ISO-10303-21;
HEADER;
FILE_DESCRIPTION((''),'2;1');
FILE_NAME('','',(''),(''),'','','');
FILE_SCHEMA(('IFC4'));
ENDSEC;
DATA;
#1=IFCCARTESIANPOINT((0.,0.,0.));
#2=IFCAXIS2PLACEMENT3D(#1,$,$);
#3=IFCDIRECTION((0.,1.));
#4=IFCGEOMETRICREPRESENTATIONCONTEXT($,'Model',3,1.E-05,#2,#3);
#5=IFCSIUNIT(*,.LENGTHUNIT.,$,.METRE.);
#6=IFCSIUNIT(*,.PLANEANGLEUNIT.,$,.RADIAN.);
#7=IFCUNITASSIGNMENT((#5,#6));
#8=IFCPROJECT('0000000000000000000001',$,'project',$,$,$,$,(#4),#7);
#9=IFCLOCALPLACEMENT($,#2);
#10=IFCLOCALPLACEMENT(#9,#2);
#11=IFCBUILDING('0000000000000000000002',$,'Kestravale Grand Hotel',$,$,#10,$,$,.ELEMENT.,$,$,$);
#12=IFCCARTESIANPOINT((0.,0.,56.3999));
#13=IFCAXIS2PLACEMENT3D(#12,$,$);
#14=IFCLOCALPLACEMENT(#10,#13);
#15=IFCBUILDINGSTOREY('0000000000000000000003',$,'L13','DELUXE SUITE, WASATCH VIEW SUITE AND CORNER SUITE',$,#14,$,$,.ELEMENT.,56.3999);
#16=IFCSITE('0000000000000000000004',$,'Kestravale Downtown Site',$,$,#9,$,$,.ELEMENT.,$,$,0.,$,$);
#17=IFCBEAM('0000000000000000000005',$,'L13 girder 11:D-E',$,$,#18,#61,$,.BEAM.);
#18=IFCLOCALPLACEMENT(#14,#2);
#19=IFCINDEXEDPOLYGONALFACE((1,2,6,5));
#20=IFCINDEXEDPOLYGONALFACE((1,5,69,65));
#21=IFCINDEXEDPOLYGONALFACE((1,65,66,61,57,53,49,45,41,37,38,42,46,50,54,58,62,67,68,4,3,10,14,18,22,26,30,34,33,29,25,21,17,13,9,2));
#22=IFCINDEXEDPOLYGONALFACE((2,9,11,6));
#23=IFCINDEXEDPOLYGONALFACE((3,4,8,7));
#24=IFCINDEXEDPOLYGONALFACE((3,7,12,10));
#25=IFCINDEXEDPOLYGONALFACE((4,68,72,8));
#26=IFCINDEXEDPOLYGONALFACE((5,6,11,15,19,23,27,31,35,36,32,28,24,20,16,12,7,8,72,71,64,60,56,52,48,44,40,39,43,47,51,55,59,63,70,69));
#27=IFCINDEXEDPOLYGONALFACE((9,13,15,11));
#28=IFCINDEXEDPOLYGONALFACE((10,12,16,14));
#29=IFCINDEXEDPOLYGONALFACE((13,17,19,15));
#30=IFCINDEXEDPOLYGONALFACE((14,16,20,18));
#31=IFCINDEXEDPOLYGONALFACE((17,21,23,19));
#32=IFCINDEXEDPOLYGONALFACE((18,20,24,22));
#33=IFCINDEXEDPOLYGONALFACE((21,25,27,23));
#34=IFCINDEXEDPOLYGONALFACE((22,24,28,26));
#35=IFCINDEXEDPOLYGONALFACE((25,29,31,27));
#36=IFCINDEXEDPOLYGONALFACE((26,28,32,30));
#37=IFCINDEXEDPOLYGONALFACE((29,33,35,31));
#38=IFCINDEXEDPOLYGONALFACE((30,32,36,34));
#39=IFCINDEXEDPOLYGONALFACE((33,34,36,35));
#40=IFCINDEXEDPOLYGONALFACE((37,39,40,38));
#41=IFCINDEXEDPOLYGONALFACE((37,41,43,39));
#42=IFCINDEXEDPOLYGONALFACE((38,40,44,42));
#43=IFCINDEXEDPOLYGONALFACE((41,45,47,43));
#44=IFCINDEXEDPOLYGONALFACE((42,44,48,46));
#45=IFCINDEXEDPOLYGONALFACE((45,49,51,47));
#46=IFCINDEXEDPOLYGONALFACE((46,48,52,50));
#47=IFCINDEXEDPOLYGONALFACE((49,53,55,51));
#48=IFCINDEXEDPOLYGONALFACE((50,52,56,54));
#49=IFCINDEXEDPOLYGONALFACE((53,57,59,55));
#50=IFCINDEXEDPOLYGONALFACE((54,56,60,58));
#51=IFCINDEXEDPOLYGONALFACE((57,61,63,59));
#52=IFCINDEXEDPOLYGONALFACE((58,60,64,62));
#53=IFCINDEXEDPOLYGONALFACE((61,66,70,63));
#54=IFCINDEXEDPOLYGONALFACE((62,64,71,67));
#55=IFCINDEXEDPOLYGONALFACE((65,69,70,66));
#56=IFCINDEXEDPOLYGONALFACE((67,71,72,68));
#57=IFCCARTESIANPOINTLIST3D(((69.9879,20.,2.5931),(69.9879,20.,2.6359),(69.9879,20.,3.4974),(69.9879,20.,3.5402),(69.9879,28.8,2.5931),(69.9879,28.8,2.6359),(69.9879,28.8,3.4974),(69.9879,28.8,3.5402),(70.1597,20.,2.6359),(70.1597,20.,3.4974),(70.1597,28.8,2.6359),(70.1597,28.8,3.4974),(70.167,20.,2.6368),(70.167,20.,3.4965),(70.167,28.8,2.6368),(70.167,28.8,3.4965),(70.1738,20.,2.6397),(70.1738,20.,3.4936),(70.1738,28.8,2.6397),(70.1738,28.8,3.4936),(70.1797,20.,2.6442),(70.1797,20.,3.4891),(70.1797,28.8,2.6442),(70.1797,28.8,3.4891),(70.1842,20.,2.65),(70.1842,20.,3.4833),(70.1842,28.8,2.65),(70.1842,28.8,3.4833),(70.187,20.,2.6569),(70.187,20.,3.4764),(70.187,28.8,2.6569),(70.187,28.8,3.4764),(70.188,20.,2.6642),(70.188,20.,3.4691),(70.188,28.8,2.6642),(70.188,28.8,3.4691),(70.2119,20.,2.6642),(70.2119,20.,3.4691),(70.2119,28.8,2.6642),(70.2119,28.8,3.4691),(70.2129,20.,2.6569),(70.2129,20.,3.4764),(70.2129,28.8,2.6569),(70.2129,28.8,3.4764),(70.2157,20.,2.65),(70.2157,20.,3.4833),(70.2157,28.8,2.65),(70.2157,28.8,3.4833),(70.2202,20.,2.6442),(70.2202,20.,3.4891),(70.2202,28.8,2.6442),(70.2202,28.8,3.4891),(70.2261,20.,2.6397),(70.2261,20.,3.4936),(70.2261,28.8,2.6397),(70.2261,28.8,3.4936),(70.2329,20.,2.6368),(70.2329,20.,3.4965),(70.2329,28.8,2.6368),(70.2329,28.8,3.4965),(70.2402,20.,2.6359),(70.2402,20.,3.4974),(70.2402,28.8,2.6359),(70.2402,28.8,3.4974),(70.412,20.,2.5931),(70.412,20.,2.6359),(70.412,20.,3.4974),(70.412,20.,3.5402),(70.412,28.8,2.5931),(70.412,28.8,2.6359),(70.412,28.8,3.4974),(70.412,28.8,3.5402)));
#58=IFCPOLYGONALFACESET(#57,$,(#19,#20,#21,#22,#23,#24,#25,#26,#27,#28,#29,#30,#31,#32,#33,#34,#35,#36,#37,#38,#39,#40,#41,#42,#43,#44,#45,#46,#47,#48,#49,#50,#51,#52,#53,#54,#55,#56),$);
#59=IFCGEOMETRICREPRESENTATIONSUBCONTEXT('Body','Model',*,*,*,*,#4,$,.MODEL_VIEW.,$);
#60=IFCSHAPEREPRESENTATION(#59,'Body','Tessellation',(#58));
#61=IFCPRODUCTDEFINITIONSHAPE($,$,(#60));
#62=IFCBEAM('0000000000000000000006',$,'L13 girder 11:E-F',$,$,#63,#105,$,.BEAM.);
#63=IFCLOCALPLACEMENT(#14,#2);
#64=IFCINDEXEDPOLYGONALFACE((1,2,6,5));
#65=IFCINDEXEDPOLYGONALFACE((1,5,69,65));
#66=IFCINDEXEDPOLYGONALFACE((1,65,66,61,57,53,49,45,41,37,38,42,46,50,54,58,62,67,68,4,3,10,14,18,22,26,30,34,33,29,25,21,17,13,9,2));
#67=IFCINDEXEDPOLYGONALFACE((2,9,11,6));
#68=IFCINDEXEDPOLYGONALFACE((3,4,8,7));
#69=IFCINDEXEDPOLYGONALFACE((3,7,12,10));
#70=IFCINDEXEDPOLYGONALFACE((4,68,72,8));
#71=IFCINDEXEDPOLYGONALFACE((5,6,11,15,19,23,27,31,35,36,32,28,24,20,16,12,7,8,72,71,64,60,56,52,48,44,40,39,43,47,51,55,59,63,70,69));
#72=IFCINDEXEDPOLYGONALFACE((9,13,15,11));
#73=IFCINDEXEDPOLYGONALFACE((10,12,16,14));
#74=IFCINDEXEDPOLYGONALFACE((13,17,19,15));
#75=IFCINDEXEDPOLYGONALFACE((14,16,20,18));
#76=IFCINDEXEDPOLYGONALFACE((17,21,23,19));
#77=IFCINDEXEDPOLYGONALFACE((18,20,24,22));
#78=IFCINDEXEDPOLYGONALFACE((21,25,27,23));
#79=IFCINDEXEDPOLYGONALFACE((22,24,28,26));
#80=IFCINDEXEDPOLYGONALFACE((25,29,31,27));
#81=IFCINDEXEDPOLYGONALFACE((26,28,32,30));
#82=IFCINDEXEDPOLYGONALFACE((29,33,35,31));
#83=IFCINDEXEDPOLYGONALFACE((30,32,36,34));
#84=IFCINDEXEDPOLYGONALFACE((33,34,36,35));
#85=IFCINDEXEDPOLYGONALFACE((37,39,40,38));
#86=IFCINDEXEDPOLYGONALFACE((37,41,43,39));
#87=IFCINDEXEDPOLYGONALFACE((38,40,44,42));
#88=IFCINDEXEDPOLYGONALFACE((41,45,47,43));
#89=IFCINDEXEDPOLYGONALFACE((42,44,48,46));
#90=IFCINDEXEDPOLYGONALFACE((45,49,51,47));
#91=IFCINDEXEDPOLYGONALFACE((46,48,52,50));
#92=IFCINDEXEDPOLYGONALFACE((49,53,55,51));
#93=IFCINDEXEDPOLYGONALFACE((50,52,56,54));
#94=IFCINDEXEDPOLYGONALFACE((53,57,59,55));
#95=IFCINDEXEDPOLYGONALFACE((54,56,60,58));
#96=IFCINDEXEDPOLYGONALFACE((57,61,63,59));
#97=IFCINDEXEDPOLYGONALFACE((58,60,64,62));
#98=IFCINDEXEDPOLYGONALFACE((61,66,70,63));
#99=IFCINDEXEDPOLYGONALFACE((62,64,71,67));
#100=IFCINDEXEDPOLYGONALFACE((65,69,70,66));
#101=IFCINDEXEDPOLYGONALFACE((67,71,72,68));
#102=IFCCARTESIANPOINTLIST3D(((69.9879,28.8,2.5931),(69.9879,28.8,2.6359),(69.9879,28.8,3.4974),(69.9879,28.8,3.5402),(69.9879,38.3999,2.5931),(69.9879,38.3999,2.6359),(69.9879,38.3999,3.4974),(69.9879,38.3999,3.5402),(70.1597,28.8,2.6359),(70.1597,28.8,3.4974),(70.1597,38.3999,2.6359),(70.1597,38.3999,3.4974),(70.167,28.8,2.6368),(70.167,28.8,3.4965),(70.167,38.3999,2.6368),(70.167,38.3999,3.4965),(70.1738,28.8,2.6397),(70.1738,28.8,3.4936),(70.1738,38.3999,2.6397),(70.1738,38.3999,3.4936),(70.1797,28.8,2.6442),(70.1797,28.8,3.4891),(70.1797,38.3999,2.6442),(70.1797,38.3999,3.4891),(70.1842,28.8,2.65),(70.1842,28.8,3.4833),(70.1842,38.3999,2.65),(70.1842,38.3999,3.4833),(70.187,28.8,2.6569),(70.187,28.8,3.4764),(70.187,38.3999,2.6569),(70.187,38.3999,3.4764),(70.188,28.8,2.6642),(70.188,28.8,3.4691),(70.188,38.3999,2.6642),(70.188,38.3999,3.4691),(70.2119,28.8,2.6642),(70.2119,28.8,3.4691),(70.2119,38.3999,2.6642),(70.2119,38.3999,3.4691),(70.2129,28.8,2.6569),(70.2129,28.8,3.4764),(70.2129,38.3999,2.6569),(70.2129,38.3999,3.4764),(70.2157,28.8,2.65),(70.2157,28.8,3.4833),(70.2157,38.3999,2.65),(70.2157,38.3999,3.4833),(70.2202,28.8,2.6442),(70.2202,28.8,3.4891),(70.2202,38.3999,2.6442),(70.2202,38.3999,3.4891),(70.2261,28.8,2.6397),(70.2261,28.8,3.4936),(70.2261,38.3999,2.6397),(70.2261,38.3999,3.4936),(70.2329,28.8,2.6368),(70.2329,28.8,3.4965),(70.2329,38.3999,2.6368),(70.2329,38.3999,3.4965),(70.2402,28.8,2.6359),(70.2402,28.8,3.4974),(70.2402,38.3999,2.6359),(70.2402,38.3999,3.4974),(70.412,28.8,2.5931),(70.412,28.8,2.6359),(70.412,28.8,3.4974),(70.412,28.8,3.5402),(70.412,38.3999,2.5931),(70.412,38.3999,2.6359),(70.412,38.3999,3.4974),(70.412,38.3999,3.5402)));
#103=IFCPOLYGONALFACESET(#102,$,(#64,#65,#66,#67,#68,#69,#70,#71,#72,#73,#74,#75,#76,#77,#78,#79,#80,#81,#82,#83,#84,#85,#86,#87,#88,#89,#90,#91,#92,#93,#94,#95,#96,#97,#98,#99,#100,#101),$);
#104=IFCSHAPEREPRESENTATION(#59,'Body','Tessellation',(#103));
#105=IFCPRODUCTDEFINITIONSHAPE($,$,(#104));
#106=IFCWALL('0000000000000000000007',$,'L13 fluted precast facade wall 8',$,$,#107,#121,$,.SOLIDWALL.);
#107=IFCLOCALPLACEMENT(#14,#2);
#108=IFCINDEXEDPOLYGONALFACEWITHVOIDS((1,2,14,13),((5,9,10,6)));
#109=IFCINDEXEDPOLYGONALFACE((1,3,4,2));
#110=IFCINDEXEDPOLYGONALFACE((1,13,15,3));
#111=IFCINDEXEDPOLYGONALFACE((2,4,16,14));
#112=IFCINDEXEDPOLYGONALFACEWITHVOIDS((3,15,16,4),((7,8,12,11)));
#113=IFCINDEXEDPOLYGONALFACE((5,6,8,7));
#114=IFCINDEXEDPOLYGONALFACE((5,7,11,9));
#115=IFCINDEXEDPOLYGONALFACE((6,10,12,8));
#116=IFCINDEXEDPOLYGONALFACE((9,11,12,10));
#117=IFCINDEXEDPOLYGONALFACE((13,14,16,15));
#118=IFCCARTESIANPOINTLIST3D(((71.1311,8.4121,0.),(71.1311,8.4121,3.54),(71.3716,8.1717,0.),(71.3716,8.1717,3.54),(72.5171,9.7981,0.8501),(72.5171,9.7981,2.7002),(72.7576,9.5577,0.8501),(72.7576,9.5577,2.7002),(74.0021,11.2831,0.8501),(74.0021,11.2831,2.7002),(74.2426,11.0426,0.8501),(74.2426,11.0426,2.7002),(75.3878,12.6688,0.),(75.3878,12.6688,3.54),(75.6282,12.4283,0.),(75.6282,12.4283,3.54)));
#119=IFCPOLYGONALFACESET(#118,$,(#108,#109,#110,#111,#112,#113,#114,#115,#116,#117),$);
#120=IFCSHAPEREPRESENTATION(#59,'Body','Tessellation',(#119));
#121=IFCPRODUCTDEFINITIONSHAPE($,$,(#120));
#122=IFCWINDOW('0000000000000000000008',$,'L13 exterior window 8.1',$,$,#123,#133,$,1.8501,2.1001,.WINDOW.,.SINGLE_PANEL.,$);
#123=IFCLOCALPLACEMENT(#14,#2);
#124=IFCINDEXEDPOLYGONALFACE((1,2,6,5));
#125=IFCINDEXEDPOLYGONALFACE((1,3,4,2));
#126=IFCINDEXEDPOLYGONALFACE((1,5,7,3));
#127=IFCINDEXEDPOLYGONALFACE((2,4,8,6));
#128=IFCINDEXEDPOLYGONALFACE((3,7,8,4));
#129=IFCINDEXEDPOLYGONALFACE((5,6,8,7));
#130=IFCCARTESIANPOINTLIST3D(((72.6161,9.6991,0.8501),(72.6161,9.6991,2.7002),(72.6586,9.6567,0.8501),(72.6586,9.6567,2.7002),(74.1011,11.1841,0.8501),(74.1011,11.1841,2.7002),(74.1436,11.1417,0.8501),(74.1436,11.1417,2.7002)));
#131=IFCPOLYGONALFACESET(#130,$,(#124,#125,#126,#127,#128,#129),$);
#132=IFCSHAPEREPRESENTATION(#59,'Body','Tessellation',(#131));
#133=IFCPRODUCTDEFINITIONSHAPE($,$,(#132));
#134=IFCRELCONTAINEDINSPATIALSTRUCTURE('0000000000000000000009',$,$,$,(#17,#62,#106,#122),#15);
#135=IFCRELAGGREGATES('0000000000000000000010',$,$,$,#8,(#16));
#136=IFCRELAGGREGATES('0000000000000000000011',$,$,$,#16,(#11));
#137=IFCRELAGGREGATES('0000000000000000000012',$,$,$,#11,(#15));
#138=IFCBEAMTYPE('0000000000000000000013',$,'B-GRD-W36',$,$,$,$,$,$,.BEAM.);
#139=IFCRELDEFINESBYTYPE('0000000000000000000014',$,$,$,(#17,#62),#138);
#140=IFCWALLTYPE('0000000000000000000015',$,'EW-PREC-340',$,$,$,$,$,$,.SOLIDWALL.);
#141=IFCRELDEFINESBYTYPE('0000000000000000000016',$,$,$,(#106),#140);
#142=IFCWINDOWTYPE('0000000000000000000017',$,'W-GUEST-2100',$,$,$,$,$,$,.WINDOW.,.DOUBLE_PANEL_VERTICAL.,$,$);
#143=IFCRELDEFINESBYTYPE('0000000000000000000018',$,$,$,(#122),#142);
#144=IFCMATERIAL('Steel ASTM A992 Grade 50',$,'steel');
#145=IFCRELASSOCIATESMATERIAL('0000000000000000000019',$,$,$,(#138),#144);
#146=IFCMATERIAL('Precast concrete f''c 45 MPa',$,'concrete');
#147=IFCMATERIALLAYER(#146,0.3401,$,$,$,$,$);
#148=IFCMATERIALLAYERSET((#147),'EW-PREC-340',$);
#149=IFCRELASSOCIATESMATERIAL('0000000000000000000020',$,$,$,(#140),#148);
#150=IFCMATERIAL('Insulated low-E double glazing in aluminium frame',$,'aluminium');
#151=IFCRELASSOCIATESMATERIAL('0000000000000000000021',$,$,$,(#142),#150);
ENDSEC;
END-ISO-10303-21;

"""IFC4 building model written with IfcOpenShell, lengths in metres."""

from ifc_helpers import new_model, si_unit, direction, frame, frame_2d, origin, origin_2d, place, context, subcontext, project, spatial, rectangle, i_section, extrude, material, layer, layer_set, material_profile, profile_set, type_object, element, fill, save


model = new_model("IFC4")

# Units and contexts
model_context = context("Model", 3, precision=1e-05, world=origin(), true_north=direction((0.0, 1.0)))
body_context = subcontext(model_context, "Body", "Model", "MODEL_VIEW")
ifc_project = project(units=[si_unit("LENGTHUNIT", "METRE"), si_unit("PLANEANGLEUNIT", "RADIAN")], contexts=[model_context])

# Site, building, storey
site_placement = place(None, origin())
site = spatial("IfcSite", under=ifc_project, at=site_placement, Name="Kestravale Downtown Site", CompositionType="ELEMENT", RefElevation=0.0)
building_placement = place(site_placement, origin())
building = spatial("IfcBuilding", under=site, at=building_placement, Name="Kestravale Grand Hotel", CompositionType="ELEMENT")
storey_placement = place(building_placement, frame((0.0, 0.0, 56.3999)))
storey = spatial("IfcBuildingStorey", under=building, at=storey_placement, Name="L13", Description="DELUXE SUITE, WASATCH VIEW SUITE AND CORNER SUITE", CompositionType="ELEMENT", Elevation=56.3999)

# Beams
ifc_material_1 = material(Name="Steel ASTM A992 Grade 50", Category="steel")
ifc_material_profile_1 = material_profile(ifc_material_1, i_section(OverallWidth=0.4241, OverallDepth=0.947, WebThickness=0.0239, FlangeThickness=0.0427, FilletRadius=0.0283, at=origin_2d()))
ifc_profile_set_1 = profile_set([ifc_material_profile_1], Name="Steel ASTM A992 Grade 50")
beam_type_1 = type_object("IfcBeamType", Name="B-GRD-W36", PredefinedType="BEAM", material=ifc_profile_set_1)
beam_1_placement = place(storey_placement, frame((70.2, 20.0, 3.0667), z_axis=(0.0, 1.0, 0.0), x_axis=(-1.0, 0.0, 0.0)))
element("IfcBeam", 1, at=beam_1_placement, inside=storey, type_object=beam_type_1, Name="L13 girder 11:D-E", PredefinedType="BEAM", context=body_context, shape_type="SweptSolid", body=[
    extrude(i_section(OverallWidth=0.4241, OverallDepth=0.947, WebThickness=0.0239, FlangeThickness=0.0427, FilletRadius=0.0283, at=origin_2d()), origin(), (0.0, 0.0, 1.0), 8.8),
])
beam_2_placement = place(storey_placement, frame((70.2, 28.8, 3.0667), z_axis=(0.0, 1.0, 0.0), x_axis=(-1.0, 0.0, 0.0)))
element("IfcBeam", 2, at=beam_2_placement, inside=storey, type_object=beam_type_1, Name="L13 girder 11:E-F", PredefinedType="BEAM", context=body_context, shape_type="SweptSolid", body=[
    extrude(i_section(OverallWidth=0.4241, OverallDepth=0.947, WebThickness=0.0239, FlangeThickness=0.0427, FilletRadius=0.0283, at=origin_2d()), origin(), (0.0, 0.0, 1.0), 9.5999),
])

# Wall, opening, window
ifc_material_2 = material(Name="Precast concrete f'c 45 MPa", Category="concrete")
ifc_layer_1 = layer(ifc_material_2, 0.3401)
ifc_layer_set_1 = layer_set([ifc_layer_1], Name="EW-PREC-340")
wall_type_1 = type_object("IfcWallType", Name="EW-PREC-340", PredefinedType="SOLIDWALL", material=ifc_layer_set_1)
wall_1_placement = place(storey_placement, frame((71.2515, 8.292, 0.0), z_axis=(0.0, 0.0, 1.0), x_axis=(0.707107, 0.707107, 0.0)))
wall_1 = element("IfcWall", 3, at=wall_1_placement, inside=storey, type_object=wall_type_1, Name="L13 fluted precast facade wall 8", PredefinedType="SOLIDWALL", context=body_context, shape_type="SweptSolid", body=[
    extrude(rectangle(XDim=6.0198, YDim=0.3401, at=frame_2d((3.0098, 0.0))), origin(), (0.0, 0.0, 1.0), 3.54),
])
opening_1_placement = place(wall_1_placement, frame((1.96, 0.0, 0.8501)))
opening_1 = element("IfcOpeningElement", 4, at=opening_1_placement, cuts=wall_1, PredefinedType="OPENING", context=body_context, shape_type="SweptSolid", body=[
    extrude(rectangle(XDim=2.1001, YDim=1.8501, at=frame_2d((1.05, 0.925))), frame((0.0, 0.1799, 0.0), z_axis=(0.0, -1.0, 0.0), x_axis=(1.0, 0.0, 0.0)), (0.0, 0.0, 1.0), 0.3601),
])
ifc_material_3 = material(Name="Insulated low-E double glazing in aluminium frame", Category="aluminium")
window_type = type_object("IfcWindowType", Name="W-GUEST-2100", PartitioningType="DOUBLE_PANEL_VERTICAL", PredefinedType="WINDOW", material=ifc_material_3)
window_1_placement = place(opening_1_placement, origin())
window_1 = element("IfcWindow", 5, at=window_1_placement, inside=storey, type_object=window_type, Name="L13 exterior window 8.1", OverallHeight=1.8501, OverallWidth=2.1001, PartitioningType="SINGLE_PANEL", PredefinedType="WINDOW", context=body_context, shape_type="SweptSolid", body=[
    extrude(rectangle(XDim=2.1001, YDim=1.8501, at=frame_2d((1.05, 0.925))), frame((0.0, 0.03, 0.0), z_axis=(0.0, -1.0, 0.0), x_axis=(1.0, 0.0, 0.0)), (0.0, 0.0, 1.0), 0.0601),
])
fill(opening_1, window_1)

save(model, "model.ifc")
